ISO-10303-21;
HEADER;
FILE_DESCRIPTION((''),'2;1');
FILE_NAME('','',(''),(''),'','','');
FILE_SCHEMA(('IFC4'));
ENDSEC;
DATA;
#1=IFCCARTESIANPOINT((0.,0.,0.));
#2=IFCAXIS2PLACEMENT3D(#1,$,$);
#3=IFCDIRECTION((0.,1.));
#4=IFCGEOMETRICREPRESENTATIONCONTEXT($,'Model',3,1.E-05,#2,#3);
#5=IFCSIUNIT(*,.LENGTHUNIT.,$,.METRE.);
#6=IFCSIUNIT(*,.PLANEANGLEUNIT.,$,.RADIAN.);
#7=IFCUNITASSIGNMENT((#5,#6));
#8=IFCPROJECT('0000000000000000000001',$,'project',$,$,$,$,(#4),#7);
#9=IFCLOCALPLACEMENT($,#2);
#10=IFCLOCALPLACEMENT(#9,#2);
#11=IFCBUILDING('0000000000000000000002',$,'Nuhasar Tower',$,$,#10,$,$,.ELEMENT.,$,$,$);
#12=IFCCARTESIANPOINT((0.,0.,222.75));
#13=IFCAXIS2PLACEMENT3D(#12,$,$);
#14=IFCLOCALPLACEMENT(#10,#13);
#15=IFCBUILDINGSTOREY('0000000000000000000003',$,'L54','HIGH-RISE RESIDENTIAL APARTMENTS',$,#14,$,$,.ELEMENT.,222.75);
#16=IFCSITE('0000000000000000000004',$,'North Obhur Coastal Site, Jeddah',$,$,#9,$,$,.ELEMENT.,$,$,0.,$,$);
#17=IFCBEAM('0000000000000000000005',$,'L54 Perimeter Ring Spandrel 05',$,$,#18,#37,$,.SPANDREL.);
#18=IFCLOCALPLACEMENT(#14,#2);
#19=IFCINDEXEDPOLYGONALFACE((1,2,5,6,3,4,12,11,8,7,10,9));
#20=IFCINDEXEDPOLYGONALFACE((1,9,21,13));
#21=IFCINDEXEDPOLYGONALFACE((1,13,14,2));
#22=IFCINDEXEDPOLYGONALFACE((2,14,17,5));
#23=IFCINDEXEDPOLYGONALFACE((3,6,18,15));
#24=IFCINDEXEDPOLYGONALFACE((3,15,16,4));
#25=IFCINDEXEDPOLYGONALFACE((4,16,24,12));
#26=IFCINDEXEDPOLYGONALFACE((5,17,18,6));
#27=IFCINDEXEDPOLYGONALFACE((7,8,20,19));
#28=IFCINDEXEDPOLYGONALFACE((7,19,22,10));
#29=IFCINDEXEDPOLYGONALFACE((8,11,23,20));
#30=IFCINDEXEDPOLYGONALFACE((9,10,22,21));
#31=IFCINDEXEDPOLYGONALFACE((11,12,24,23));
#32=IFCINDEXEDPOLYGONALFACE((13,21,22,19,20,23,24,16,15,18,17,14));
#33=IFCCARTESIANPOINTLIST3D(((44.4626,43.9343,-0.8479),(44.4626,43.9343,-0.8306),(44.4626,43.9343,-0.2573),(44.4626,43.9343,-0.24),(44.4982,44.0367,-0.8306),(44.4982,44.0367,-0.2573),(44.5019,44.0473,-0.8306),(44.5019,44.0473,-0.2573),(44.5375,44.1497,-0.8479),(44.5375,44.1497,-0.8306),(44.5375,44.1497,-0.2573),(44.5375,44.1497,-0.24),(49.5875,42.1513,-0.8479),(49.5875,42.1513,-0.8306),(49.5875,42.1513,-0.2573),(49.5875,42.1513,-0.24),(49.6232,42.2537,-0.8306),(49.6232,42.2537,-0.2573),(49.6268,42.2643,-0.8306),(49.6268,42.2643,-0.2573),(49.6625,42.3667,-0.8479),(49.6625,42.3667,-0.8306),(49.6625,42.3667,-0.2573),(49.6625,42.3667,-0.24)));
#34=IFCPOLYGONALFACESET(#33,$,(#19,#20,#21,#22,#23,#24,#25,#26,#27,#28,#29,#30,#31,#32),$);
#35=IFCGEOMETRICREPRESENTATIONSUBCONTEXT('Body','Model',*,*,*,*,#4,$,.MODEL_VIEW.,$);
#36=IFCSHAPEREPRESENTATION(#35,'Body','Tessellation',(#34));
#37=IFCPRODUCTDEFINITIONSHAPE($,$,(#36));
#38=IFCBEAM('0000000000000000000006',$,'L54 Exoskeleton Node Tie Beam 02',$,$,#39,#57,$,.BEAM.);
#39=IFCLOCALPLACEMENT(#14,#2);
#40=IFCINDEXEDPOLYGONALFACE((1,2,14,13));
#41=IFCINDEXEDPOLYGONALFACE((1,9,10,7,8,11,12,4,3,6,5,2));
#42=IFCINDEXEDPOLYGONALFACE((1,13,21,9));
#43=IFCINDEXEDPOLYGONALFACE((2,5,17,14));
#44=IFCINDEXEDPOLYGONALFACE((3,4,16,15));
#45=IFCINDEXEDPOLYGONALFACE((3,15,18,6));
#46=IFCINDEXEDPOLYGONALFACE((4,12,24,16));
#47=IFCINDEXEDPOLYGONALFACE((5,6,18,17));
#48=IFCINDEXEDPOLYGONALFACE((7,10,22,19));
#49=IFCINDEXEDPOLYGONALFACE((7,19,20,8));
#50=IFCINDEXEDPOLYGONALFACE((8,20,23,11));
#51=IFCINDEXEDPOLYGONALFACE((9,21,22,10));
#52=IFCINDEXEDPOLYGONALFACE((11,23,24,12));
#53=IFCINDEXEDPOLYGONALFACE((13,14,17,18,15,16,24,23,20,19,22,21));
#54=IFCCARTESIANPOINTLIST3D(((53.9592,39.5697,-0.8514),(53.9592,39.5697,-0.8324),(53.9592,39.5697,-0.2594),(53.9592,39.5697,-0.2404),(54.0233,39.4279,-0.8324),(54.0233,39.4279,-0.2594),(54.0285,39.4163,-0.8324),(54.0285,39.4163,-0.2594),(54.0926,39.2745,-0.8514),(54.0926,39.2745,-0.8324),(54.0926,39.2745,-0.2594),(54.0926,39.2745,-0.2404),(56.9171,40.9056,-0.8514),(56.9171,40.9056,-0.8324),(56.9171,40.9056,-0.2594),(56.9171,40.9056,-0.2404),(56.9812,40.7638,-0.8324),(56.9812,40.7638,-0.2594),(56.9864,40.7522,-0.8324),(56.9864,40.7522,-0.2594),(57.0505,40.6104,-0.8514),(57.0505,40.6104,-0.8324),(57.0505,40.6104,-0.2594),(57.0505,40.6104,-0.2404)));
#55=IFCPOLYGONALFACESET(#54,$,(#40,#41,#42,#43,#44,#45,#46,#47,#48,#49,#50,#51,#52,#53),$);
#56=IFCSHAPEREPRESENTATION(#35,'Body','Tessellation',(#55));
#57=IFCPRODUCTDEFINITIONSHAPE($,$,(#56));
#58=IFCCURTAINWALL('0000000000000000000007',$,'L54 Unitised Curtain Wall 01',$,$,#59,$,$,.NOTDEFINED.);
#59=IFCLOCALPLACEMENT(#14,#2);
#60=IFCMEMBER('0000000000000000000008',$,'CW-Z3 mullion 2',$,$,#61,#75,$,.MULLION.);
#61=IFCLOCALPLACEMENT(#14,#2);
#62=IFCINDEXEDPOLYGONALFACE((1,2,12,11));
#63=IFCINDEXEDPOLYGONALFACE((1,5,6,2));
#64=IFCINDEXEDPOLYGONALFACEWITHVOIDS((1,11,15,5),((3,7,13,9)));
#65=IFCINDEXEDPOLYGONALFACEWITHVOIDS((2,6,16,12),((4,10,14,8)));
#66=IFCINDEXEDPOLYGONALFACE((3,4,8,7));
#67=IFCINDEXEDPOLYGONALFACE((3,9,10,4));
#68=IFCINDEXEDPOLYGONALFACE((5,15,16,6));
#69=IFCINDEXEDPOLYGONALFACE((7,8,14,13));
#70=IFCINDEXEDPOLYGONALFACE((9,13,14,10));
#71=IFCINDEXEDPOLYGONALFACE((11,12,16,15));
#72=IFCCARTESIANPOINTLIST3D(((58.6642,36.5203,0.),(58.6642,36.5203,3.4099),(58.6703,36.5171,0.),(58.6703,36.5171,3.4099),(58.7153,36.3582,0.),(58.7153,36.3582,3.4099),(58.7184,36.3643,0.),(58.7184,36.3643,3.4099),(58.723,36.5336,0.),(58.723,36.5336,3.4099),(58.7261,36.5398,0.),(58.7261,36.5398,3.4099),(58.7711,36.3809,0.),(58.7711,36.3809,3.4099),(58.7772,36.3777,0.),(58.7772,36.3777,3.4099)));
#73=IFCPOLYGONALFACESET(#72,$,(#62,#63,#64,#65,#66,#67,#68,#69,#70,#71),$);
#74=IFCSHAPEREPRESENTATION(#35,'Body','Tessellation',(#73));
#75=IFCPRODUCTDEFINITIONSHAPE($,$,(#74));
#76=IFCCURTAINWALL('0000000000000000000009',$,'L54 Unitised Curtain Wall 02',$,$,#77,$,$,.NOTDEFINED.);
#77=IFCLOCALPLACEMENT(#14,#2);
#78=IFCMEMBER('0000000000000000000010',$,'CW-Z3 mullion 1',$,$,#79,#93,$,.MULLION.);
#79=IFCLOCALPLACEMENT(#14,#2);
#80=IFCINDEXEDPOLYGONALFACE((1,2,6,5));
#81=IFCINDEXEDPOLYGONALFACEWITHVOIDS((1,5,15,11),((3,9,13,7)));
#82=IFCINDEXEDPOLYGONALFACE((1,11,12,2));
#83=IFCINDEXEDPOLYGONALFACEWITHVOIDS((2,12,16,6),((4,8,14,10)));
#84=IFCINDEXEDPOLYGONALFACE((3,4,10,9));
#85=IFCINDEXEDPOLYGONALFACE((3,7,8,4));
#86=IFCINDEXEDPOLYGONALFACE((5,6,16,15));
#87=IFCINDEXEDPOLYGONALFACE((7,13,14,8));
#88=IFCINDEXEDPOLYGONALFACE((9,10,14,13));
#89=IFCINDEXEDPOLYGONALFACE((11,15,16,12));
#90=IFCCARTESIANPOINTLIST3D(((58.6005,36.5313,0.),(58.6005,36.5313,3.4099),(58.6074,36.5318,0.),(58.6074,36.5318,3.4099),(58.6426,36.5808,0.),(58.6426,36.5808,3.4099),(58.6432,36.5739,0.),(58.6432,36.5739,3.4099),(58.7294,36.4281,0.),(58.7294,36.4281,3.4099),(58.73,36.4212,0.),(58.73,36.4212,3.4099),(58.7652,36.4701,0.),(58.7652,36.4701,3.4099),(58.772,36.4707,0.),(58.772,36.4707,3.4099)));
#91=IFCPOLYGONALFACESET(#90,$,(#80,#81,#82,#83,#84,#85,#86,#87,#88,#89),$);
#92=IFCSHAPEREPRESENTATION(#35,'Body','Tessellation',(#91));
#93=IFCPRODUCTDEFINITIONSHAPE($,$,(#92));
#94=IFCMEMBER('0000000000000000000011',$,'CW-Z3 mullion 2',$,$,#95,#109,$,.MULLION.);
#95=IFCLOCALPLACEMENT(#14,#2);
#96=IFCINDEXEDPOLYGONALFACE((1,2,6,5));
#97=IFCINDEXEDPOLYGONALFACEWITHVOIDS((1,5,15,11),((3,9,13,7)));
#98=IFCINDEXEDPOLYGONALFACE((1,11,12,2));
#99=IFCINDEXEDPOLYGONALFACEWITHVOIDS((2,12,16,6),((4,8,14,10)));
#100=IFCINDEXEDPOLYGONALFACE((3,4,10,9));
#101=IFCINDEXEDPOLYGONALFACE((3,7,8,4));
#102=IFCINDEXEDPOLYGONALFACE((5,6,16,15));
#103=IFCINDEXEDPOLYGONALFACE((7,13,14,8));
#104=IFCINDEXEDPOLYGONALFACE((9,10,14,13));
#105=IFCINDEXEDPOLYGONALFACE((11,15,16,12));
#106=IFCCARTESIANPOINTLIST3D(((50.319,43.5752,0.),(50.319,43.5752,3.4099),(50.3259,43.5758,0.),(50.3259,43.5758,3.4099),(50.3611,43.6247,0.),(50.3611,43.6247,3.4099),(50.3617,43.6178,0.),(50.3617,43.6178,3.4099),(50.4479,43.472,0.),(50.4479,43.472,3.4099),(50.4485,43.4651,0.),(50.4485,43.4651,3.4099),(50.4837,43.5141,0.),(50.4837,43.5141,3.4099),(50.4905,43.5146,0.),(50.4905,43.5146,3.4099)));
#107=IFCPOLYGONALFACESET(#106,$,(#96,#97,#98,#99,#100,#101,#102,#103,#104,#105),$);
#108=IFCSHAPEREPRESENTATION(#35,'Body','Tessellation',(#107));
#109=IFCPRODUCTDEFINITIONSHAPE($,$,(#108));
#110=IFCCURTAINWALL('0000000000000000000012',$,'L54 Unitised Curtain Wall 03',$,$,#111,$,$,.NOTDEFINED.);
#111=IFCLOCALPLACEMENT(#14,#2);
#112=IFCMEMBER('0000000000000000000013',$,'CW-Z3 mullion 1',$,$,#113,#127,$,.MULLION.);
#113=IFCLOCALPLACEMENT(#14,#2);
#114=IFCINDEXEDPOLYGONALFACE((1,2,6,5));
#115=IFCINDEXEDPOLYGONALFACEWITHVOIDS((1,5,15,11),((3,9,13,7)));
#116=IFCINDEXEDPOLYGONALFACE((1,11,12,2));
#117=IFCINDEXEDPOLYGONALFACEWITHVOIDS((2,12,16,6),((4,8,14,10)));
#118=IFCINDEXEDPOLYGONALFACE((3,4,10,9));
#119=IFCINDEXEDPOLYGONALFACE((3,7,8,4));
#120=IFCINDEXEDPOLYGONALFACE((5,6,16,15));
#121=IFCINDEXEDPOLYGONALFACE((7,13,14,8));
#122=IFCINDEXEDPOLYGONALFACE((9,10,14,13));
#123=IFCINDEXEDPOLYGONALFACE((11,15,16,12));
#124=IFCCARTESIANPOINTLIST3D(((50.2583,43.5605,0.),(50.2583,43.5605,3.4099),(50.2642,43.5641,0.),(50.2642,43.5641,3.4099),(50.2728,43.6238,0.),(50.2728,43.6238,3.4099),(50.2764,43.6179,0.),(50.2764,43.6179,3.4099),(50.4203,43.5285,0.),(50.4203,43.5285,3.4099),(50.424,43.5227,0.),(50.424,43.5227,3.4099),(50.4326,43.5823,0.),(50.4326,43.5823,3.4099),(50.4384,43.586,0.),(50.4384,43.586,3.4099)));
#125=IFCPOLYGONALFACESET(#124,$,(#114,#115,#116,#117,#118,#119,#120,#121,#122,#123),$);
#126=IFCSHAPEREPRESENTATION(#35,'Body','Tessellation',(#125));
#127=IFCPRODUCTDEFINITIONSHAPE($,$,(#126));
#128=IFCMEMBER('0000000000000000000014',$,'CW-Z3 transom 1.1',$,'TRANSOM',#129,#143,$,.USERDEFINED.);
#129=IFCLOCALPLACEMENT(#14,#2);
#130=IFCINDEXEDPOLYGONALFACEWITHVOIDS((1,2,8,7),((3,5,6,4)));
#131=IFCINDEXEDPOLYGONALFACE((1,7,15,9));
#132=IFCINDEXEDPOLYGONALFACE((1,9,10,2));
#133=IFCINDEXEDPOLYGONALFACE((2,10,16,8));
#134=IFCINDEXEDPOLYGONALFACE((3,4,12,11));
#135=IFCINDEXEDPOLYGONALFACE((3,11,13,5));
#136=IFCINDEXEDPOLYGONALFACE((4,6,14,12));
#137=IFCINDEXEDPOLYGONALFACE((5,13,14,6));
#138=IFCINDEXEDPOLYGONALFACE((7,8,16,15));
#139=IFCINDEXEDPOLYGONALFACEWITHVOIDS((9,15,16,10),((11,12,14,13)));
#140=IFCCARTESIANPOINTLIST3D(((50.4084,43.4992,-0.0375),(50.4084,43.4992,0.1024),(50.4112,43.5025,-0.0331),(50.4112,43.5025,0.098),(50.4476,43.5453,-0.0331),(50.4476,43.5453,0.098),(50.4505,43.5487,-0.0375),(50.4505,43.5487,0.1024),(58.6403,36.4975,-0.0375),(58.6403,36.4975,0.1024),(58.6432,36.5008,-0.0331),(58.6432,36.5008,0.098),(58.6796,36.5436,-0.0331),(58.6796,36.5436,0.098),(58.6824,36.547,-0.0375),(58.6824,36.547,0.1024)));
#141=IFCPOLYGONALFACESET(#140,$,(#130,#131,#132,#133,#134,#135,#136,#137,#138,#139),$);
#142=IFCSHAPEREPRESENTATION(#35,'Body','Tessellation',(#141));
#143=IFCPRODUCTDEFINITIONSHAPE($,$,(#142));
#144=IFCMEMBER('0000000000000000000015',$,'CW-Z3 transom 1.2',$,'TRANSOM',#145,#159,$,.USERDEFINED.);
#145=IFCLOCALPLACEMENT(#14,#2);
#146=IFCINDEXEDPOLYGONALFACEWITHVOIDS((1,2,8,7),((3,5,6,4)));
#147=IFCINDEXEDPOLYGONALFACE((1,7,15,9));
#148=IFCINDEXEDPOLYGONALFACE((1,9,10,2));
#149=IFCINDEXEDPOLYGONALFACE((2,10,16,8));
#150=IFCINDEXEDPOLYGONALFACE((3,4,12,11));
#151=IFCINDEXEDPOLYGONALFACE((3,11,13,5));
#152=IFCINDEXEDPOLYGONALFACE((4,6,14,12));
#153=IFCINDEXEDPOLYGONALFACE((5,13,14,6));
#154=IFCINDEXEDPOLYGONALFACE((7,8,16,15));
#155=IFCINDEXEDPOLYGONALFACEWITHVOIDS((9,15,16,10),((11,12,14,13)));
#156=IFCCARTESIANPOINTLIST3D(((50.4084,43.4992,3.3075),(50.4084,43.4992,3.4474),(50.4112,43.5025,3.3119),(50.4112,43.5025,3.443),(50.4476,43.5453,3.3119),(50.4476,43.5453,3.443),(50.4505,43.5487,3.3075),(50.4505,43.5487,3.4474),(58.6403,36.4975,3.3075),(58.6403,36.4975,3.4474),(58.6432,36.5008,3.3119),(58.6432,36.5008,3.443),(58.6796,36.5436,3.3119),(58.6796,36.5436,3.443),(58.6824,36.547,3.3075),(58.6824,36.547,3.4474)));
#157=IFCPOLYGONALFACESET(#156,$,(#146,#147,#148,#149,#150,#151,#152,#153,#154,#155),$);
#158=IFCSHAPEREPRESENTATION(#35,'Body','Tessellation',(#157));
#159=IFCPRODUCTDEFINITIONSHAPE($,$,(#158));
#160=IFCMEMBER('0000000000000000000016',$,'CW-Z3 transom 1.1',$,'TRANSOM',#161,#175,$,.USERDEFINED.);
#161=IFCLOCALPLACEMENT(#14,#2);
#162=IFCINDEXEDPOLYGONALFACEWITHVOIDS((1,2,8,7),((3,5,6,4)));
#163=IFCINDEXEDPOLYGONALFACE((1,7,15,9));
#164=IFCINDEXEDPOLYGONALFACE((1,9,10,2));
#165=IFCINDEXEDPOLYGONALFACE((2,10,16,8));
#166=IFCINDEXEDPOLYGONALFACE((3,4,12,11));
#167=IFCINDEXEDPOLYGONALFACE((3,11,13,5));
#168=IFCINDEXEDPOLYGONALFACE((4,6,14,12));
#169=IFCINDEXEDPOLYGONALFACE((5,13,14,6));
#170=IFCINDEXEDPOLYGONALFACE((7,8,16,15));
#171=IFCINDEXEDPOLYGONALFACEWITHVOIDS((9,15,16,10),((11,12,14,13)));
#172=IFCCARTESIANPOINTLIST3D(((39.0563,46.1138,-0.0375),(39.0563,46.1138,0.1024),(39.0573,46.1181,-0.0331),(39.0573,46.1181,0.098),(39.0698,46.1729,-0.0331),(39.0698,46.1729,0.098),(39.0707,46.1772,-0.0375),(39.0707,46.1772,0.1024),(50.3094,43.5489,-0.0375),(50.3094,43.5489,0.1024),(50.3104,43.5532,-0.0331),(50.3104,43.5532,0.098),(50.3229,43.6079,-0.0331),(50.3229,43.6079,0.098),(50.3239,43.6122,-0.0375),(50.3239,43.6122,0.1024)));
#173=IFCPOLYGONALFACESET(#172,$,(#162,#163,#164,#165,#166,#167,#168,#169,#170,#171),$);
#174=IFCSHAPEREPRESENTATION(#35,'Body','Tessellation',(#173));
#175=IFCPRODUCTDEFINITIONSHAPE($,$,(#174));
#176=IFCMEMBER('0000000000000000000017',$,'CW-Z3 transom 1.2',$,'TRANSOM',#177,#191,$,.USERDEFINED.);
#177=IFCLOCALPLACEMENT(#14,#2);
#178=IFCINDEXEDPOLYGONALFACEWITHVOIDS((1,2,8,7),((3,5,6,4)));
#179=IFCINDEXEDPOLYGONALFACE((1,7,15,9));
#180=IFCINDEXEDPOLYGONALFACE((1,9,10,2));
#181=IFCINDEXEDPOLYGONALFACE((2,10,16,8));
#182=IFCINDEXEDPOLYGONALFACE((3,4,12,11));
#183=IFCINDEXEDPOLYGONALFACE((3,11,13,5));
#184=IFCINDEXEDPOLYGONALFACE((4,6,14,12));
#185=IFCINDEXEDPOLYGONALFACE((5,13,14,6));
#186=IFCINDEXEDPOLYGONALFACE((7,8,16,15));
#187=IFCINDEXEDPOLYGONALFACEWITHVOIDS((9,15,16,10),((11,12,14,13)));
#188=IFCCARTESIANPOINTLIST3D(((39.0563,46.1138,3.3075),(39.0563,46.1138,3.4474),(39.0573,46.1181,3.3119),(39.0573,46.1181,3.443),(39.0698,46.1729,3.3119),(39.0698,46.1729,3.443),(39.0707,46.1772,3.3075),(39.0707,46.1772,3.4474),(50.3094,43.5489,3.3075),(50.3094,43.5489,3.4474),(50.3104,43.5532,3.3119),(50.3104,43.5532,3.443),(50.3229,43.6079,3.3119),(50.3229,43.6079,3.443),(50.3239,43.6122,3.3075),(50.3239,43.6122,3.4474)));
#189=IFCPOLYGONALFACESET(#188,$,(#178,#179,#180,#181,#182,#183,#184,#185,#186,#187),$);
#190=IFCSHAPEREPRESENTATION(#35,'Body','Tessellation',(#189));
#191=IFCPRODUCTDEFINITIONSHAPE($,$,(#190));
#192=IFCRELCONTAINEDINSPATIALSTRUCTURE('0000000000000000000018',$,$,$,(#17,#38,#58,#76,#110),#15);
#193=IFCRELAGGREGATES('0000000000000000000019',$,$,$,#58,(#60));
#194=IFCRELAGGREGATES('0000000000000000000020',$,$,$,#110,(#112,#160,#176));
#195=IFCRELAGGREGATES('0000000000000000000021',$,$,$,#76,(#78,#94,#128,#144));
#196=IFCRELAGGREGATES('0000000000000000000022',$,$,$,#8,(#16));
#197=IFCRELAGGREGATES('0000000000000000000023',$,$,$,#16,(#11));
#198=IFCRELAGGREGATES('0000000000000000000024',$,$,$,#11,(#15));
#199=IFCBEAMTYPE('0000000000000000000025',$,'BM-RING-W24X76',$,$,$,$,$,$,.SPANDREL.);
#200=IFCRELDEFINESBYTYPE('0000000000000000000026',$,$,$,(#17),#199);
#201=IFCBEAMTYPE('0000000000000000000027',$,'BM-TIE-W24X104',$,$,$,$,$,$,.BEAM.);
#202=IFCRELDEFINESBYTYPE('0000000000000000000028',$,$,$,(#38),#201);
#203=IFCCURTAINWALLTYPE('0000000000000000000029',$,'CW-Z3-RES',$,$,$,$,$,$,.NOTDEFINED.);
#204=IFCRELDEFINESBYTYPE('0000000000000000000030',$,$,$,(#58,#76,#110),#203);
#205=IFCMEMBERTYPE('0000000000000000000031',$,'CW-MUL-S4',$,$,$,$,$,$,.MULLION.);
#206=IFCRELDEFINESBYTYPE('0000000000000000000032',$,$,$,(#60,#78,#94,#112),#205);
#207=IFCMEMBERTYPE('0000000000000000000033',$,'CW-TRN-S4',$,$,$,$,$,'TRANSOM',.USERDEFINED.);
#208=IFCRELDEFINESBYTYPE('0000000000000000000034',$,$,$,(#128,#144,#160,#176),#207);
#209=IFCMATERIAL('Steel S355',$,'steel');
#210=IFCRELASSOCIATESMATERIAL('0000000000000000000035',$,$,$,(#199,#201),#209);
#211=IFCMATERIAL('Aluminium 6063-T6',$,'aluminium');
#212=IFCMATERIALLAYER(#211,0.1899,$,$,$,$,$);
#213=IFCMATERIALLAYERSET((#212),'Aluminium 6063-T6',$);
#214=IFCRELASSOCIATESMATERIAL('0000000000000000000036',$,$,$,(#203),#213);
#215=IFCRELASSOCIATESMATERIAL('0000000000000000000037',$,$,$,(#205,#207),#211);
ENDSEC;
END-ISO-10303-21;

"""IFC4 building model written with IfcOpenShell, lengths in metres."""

from ifc_helpers import new_model, si_unit, direction, frame, origin, origin_2d, place, context, subcontext, project, spatial, hollow_rectangle, i_section, extrude, material, layer, layer_set, material_profile, profile_set, type_object, element, aggregate, save


model = new_model("IFC4")

# Units and contexts
model_context = context("Model", 3, precision=1e-05, world=origin(), true_north=direction((0.0, 1.0)))
body_context = subcontext(model_context, "Body", "Model", "MODEL_VIEW")
ifc_project = project(units=[si_unit("LENGTHUNIT", "METRE"), si_unit("PLANEANGLEUNIT", "RADIAN")], contexts=[model_context])

# Site, building, storey
site_placement = place(None, origin())
site = spatial("IfcSite", under=ifc_project, at=site_placement, Name="North Obhur Coastal Site, Jeddah", CompositionType="ELEMENT", RefElevation=0.0)
building_placement = place(site_placement, origin())
building = spatial("IfcBuilding", under=site, at=building_placement, Name="Nuhasar Tower", CompositionType="ELEMENT")
storey_placement = place(building_placement, frame((0.0, 0.0, 222.75)))
storey = spatial("IfcBuildingStorey", under=building, at=storey_placement, Name="L54", Description="HIGH-RISE RESIDENTIAL APARTMENTS", CompositionType="ELEMENT", Elevation=222.75)

# Beams
ifc_material_1 = material(Name="Steel S355", Category="steel")
ifc_material_profile_1 = material_profile(ifc_material_1, i_section(OverallWidth=0.228, OverallDepth=0.6079, WebThickness=0.0112, FlangeThickness=0.0173, at=origin_2d()), Name="W24X76")
ifc_profile_set_1 = profile_set([ifc_material_profile_1], Name="Steel S355")
beam_type_1 = type_object("IfcBeamType", Name="BM-RING-W24X76", PredefinedType="SPANDREL", material=ifc_profile_set_1)
beam_1_placement = place(storey_placement, frame((49.625, 42.259, -0.5439), z_axis=(-0.944477, 0.328578, 0.0), x_axis=(-0.328578, -0.944477, 0.0)))
element("IfcBeam", 1, at=beam_1_placement, inside=storey, type_object=beam_type_1, Name="L54 Perimeter Ring Spandrel 05", PredefinedType="SPANDREL", context=body_context, shape_type="SweptSolid", body=[
    extrude(i_section(OverallWidth=0.228, OverallDepth=0.6079, WebThickness=0.0112, FlangeThickness=0.0173, at=origin_2d()), origin(), (0.0, 0.0, 1.0), 5.4263),
])
ifc_material_profile_2 = material_profile(ifc_material_1, i_section(OverallWidth=0.324, OverallDepth=0.6111, WebThickness=0.0127, FlangeThickness=0.019, at=origin_2d()), Name="W24X104")
ifc_profile_set_2 = profile_set([ifc_material_profile_2], Name="Steel S355")
beam_type_2 = type_object("IfcBeamType", Name="BM-TIE-W24X104", PredefinedType="BEAM", material=ifc_profile_set_2)
beam_2_placement = place(storey_placement, frame((54.0259, 39.4221, -0.5459), z_axis=(0.911363, 0.411603, 0.0), x_axis=(-0.411603, 0.911363, 0.0)))
element("IfcBeam", 2, at=beam_2_placement, inside=storey, type_object=beam_type_2, Name="L54 Exoskeleton Node Tie Beam 02", PredefinedType="BEAM", context=body_context, shape_type="SweptSolid", body=[
    extrude(i_section(OverallWidth=0.324, OverallDepth=0.6111, WebThickness=0.0127, FlangeThickness=0.019, at=origin_2d()), origin(), (0.0, 0.0, 1.0), 3.2456),
])

# Curtain wall, member
ifc_material_2 = material(Name="Aluminium 6063-T6", Category="aluminium")
ifc_layer_1 = layer(ifc_material_2, 0.1899)
ifc_layer_set_1 = layer_set([ifc_layer_1], Name="Aluminium 6063-T6")
curtain_wall_type = type_object("IfcCurtainWallType", Name="CW-Z3-RES", PredefinedType="NOTDEFINED", material=ifc_layer_set_1)
curtain_wall_1_placement = place(storey_placement, origin())
curtain_wall_1 = element("IfcCurtainWall", 3, at=curtain_wall_1_placement, inside=storey, type_object=curtain_wall_type, Name="L54 Unitised Curtain Wall 01", PredefinedType="NOTDEFINED")
ifc_material_profile_3 = material_profile(ifc_material_2, hollow_rectangle(XDim=0.0649, YDim=0.1699, WallThickness=0.0049, at=origin_2d()), Name="CWM-4")
ifc_profile_set_3 = profile_set([ifc_material_profile_3], Name="Aluminium 6063-T6")
member_type_1 = type_object("IfcMemberType", Name="CW-MUL-S4", PredefinedType="MULLION", material=ifc_profile_set_3)
member_1_placement = place(storey_placement, frame((58.7207, 36.449, 0.0), z_axis=(0.0, 0.0, 1.0), x_axis=(-0.953804, -0.300429, 0.0)))
member_1 = element("IfcMember", 4, at=member_1_placement, type_object=member_type_1, Name="CW-Z3 mullion 2", PredefinedType="MULLION", context=body_context, shape_type="SweptSolid", body=[
    extrude(hollow_rectangle(XDim=0.0649, YDim=0.1699, WallThickness=0.0049, at=origin_2d()), origin(), (0.0, 0.0, 1.0), 3.4099),
])
aggregate(curtain_wall_1, [member_1])

# Curtain wall, members
curtain_wall_2_placement = place(storey_placement, origin())
curtain_wall_2 = element("IfcCurtainWall", 5, at=curtain_wall_2_placement, inside=storey, type_object=curtain_wall_type, Name="L54 Unitised Curtain Wall 02", PredefinedType="NOTDEFINED")
member_2_placement = place(storey_placement, frame((58.6863, 36.501, 0.0), z_axis=(0.0, 0.0, 1.0), x_axis=(-0.647895, -0.761729, 0.0)))
member_2 = element("IfcMember", 6, at=member_2_placement, type_object=member_type_1, Name="CW-Z3 mullion 1", PredefinedType="MULLION", context=body_context, shape_type="SweptSolid", body=[
    extrude(hollow_rectangle(XDim=0.0649, YDim=0.1699, WallThickness=0.0049, at=origin_2d()), origin(), (0.0, 0.0, 1.0), 3.4099),
])
member_3_placement = place(storey_placement, frame((50.4048, 43.5449, 0.0), z_axis=(0.0, 0.0, 1.0), x_axis=(-0.647895, -0.761729, 0.0)))
member_3 = element("IfcMember", 7, at=member_3_placement, type_object=member_type_1, Name="CW-Z3 mullion 2", PredefinedType="MULLION", context=body_context, shape_type="SweptSolid", body=[
    extrude(hollow_rectangle(XDim=0.0649, YDim=0.1699, WallThickness=0.0049, at=origin_2d()), origin(), (0.0, 0.0, 1.0), 3.4099),
])

# Curtain wall, member
curtain_wall_3_placement = place(storey_placement, origin())
curtain_wall_3 = element("IfcCurtainWall", 8, at=curtain_wall_3_placement, inside=storey, type_object=curtain_wall_type, Name="L54 Unitised Curtain Wall 03", PredefinedType="NOTDEFINED")
member_4_placement = place(storey_placement, frame((50.3484, 43.5732, 0.0), z_axis=(0.0, 0.0, 1.0), x_axis=(-0.222243, -0.974991, 0.0)))
member_4 = element("IfcMember", 9, at=member_4_placement, type_object=member_type_1, Name="CW-Z3 mullion 1", PredefinedType="MULLION", context=body_context, shape_type="SweptSolid", body=[
    extrude(hollow_rectangle(XDim=0.0649, YDim=0.1699, WallThickness=0.0049, at=origin_2d()), origin(), (0.0, 0.0, 1.0), 3.4099),
])

# Members
ifc_material_profile_4 = material_profile(ifc_material_2, hollow_rectangle(XDim=0.0649, YDim=0.1399, WallThickness=0.0044, at=origin_2d()), Name="CWT-4")
ifc_profile_set_4 = profile_set([ifc_material_profile_4], Name="Aluminium 6063-T6")
member_type_2 = type_object("IfcMemberType", Name="CW-TRN-S4", ElementType="TRANSOM", PredefinedType="USERDEFINED", material=ifc_profile_set_4)
member_5_placement = place(storey_placement, frame((58.6614, 36.5222, 0.0325), z_axis=(-0.761731, 0.647894, 0.0), x_axis=(-0.647894, -0.761731, 0.0)))
member_5 = element("IfcMember", 10, at=member_5_placement, type_object=member_type_2, Name="CW-Z3 transom 1.1", ObjectType="TRANSOM", PredefinedType="USERDEFINED", context=body_context, shape_type="SweptSolid", body=[
    extrude(hollow_rectangle(XDim=0.0649, YDim=0.1399, WallThickness=0.0044, at=origin_2d()), origin(), (0.0, 0.0, 1.0), 10.8069),
])
member_6_placement = place(storey_placement, frame((58.6614, 36.5222, 3.3774), z_axis=(-0.761731, 0.647894, 0.0), x_axis=(-0.647894, -0.761731, 0.0)))
member_6 = element("IfcMember", 11, at=member_6_placement, type_object=member_type_2, Name="CW-Z3 transom 1.2", ObjectType="TRANSOM", PredefinedType="USERDEFINED", context=body_context, shape_type="SweptSolid", body=[
    extrude(hollow_rectangle(XDim=0.0649, YDim=0.1399, WallThickness=0.0044, at=origin_2d()), origin(), (0.0, 0.0, 1.0), 10.8069),
])
member_7_placement = place(storey_placement, frame((50.3167, 43.5806, 0.0325), z_axis=(-0.974994, 0.222231, 0.0), x_axis=(-0.222231, -0.974994, 0.0)))
member_7 = element("IfcMember", 12, at=member_7_placement, type_object=member_type_2, Name="CW-Z3 transom 1.1", ObjectType="TRANSOM", PredefinedType="USERDEFINED", context=body_context, shape_type="SweptSolid", body=[
    extrude(hollow_rectangle(XDim=0.0649, YDim=0.1399, WallThickness=0.0044, at=origin_2d()), origin(), (0.0, 0.0, 1.0), 11.5417),
])
member_8_placement = place(storey_placement, frame((50.3167, 43.5806, 3.3774), z_axis=(-0.974994, 0.222231, 0.0), x_axis=(-0.222231, -0.974994, 0.0)))
member_8 = element("IfcMember", 13, at=member_8_placement, type_object=member_type_2, Name="CW-Z3 transom 1.2", ObjectType="TRANSOM", PredefinedType="USERDEFINED", context=body_context, shape_type="SweptSolid", body=[
    extrude(hollow_rectangle(XDim=0.0649, YDim=0.1399, WallThickness=0.0044, at=origin_2d()), origin(), (0.0, 0.0, 1.0), 11.5417),
])
aggregate(curtain_wall_3, [member_4, member_7, member_8])

aggregate(curtain_wall_2, [member_2, member_3, member_5, member_6])

save(model, "model.ifc")
